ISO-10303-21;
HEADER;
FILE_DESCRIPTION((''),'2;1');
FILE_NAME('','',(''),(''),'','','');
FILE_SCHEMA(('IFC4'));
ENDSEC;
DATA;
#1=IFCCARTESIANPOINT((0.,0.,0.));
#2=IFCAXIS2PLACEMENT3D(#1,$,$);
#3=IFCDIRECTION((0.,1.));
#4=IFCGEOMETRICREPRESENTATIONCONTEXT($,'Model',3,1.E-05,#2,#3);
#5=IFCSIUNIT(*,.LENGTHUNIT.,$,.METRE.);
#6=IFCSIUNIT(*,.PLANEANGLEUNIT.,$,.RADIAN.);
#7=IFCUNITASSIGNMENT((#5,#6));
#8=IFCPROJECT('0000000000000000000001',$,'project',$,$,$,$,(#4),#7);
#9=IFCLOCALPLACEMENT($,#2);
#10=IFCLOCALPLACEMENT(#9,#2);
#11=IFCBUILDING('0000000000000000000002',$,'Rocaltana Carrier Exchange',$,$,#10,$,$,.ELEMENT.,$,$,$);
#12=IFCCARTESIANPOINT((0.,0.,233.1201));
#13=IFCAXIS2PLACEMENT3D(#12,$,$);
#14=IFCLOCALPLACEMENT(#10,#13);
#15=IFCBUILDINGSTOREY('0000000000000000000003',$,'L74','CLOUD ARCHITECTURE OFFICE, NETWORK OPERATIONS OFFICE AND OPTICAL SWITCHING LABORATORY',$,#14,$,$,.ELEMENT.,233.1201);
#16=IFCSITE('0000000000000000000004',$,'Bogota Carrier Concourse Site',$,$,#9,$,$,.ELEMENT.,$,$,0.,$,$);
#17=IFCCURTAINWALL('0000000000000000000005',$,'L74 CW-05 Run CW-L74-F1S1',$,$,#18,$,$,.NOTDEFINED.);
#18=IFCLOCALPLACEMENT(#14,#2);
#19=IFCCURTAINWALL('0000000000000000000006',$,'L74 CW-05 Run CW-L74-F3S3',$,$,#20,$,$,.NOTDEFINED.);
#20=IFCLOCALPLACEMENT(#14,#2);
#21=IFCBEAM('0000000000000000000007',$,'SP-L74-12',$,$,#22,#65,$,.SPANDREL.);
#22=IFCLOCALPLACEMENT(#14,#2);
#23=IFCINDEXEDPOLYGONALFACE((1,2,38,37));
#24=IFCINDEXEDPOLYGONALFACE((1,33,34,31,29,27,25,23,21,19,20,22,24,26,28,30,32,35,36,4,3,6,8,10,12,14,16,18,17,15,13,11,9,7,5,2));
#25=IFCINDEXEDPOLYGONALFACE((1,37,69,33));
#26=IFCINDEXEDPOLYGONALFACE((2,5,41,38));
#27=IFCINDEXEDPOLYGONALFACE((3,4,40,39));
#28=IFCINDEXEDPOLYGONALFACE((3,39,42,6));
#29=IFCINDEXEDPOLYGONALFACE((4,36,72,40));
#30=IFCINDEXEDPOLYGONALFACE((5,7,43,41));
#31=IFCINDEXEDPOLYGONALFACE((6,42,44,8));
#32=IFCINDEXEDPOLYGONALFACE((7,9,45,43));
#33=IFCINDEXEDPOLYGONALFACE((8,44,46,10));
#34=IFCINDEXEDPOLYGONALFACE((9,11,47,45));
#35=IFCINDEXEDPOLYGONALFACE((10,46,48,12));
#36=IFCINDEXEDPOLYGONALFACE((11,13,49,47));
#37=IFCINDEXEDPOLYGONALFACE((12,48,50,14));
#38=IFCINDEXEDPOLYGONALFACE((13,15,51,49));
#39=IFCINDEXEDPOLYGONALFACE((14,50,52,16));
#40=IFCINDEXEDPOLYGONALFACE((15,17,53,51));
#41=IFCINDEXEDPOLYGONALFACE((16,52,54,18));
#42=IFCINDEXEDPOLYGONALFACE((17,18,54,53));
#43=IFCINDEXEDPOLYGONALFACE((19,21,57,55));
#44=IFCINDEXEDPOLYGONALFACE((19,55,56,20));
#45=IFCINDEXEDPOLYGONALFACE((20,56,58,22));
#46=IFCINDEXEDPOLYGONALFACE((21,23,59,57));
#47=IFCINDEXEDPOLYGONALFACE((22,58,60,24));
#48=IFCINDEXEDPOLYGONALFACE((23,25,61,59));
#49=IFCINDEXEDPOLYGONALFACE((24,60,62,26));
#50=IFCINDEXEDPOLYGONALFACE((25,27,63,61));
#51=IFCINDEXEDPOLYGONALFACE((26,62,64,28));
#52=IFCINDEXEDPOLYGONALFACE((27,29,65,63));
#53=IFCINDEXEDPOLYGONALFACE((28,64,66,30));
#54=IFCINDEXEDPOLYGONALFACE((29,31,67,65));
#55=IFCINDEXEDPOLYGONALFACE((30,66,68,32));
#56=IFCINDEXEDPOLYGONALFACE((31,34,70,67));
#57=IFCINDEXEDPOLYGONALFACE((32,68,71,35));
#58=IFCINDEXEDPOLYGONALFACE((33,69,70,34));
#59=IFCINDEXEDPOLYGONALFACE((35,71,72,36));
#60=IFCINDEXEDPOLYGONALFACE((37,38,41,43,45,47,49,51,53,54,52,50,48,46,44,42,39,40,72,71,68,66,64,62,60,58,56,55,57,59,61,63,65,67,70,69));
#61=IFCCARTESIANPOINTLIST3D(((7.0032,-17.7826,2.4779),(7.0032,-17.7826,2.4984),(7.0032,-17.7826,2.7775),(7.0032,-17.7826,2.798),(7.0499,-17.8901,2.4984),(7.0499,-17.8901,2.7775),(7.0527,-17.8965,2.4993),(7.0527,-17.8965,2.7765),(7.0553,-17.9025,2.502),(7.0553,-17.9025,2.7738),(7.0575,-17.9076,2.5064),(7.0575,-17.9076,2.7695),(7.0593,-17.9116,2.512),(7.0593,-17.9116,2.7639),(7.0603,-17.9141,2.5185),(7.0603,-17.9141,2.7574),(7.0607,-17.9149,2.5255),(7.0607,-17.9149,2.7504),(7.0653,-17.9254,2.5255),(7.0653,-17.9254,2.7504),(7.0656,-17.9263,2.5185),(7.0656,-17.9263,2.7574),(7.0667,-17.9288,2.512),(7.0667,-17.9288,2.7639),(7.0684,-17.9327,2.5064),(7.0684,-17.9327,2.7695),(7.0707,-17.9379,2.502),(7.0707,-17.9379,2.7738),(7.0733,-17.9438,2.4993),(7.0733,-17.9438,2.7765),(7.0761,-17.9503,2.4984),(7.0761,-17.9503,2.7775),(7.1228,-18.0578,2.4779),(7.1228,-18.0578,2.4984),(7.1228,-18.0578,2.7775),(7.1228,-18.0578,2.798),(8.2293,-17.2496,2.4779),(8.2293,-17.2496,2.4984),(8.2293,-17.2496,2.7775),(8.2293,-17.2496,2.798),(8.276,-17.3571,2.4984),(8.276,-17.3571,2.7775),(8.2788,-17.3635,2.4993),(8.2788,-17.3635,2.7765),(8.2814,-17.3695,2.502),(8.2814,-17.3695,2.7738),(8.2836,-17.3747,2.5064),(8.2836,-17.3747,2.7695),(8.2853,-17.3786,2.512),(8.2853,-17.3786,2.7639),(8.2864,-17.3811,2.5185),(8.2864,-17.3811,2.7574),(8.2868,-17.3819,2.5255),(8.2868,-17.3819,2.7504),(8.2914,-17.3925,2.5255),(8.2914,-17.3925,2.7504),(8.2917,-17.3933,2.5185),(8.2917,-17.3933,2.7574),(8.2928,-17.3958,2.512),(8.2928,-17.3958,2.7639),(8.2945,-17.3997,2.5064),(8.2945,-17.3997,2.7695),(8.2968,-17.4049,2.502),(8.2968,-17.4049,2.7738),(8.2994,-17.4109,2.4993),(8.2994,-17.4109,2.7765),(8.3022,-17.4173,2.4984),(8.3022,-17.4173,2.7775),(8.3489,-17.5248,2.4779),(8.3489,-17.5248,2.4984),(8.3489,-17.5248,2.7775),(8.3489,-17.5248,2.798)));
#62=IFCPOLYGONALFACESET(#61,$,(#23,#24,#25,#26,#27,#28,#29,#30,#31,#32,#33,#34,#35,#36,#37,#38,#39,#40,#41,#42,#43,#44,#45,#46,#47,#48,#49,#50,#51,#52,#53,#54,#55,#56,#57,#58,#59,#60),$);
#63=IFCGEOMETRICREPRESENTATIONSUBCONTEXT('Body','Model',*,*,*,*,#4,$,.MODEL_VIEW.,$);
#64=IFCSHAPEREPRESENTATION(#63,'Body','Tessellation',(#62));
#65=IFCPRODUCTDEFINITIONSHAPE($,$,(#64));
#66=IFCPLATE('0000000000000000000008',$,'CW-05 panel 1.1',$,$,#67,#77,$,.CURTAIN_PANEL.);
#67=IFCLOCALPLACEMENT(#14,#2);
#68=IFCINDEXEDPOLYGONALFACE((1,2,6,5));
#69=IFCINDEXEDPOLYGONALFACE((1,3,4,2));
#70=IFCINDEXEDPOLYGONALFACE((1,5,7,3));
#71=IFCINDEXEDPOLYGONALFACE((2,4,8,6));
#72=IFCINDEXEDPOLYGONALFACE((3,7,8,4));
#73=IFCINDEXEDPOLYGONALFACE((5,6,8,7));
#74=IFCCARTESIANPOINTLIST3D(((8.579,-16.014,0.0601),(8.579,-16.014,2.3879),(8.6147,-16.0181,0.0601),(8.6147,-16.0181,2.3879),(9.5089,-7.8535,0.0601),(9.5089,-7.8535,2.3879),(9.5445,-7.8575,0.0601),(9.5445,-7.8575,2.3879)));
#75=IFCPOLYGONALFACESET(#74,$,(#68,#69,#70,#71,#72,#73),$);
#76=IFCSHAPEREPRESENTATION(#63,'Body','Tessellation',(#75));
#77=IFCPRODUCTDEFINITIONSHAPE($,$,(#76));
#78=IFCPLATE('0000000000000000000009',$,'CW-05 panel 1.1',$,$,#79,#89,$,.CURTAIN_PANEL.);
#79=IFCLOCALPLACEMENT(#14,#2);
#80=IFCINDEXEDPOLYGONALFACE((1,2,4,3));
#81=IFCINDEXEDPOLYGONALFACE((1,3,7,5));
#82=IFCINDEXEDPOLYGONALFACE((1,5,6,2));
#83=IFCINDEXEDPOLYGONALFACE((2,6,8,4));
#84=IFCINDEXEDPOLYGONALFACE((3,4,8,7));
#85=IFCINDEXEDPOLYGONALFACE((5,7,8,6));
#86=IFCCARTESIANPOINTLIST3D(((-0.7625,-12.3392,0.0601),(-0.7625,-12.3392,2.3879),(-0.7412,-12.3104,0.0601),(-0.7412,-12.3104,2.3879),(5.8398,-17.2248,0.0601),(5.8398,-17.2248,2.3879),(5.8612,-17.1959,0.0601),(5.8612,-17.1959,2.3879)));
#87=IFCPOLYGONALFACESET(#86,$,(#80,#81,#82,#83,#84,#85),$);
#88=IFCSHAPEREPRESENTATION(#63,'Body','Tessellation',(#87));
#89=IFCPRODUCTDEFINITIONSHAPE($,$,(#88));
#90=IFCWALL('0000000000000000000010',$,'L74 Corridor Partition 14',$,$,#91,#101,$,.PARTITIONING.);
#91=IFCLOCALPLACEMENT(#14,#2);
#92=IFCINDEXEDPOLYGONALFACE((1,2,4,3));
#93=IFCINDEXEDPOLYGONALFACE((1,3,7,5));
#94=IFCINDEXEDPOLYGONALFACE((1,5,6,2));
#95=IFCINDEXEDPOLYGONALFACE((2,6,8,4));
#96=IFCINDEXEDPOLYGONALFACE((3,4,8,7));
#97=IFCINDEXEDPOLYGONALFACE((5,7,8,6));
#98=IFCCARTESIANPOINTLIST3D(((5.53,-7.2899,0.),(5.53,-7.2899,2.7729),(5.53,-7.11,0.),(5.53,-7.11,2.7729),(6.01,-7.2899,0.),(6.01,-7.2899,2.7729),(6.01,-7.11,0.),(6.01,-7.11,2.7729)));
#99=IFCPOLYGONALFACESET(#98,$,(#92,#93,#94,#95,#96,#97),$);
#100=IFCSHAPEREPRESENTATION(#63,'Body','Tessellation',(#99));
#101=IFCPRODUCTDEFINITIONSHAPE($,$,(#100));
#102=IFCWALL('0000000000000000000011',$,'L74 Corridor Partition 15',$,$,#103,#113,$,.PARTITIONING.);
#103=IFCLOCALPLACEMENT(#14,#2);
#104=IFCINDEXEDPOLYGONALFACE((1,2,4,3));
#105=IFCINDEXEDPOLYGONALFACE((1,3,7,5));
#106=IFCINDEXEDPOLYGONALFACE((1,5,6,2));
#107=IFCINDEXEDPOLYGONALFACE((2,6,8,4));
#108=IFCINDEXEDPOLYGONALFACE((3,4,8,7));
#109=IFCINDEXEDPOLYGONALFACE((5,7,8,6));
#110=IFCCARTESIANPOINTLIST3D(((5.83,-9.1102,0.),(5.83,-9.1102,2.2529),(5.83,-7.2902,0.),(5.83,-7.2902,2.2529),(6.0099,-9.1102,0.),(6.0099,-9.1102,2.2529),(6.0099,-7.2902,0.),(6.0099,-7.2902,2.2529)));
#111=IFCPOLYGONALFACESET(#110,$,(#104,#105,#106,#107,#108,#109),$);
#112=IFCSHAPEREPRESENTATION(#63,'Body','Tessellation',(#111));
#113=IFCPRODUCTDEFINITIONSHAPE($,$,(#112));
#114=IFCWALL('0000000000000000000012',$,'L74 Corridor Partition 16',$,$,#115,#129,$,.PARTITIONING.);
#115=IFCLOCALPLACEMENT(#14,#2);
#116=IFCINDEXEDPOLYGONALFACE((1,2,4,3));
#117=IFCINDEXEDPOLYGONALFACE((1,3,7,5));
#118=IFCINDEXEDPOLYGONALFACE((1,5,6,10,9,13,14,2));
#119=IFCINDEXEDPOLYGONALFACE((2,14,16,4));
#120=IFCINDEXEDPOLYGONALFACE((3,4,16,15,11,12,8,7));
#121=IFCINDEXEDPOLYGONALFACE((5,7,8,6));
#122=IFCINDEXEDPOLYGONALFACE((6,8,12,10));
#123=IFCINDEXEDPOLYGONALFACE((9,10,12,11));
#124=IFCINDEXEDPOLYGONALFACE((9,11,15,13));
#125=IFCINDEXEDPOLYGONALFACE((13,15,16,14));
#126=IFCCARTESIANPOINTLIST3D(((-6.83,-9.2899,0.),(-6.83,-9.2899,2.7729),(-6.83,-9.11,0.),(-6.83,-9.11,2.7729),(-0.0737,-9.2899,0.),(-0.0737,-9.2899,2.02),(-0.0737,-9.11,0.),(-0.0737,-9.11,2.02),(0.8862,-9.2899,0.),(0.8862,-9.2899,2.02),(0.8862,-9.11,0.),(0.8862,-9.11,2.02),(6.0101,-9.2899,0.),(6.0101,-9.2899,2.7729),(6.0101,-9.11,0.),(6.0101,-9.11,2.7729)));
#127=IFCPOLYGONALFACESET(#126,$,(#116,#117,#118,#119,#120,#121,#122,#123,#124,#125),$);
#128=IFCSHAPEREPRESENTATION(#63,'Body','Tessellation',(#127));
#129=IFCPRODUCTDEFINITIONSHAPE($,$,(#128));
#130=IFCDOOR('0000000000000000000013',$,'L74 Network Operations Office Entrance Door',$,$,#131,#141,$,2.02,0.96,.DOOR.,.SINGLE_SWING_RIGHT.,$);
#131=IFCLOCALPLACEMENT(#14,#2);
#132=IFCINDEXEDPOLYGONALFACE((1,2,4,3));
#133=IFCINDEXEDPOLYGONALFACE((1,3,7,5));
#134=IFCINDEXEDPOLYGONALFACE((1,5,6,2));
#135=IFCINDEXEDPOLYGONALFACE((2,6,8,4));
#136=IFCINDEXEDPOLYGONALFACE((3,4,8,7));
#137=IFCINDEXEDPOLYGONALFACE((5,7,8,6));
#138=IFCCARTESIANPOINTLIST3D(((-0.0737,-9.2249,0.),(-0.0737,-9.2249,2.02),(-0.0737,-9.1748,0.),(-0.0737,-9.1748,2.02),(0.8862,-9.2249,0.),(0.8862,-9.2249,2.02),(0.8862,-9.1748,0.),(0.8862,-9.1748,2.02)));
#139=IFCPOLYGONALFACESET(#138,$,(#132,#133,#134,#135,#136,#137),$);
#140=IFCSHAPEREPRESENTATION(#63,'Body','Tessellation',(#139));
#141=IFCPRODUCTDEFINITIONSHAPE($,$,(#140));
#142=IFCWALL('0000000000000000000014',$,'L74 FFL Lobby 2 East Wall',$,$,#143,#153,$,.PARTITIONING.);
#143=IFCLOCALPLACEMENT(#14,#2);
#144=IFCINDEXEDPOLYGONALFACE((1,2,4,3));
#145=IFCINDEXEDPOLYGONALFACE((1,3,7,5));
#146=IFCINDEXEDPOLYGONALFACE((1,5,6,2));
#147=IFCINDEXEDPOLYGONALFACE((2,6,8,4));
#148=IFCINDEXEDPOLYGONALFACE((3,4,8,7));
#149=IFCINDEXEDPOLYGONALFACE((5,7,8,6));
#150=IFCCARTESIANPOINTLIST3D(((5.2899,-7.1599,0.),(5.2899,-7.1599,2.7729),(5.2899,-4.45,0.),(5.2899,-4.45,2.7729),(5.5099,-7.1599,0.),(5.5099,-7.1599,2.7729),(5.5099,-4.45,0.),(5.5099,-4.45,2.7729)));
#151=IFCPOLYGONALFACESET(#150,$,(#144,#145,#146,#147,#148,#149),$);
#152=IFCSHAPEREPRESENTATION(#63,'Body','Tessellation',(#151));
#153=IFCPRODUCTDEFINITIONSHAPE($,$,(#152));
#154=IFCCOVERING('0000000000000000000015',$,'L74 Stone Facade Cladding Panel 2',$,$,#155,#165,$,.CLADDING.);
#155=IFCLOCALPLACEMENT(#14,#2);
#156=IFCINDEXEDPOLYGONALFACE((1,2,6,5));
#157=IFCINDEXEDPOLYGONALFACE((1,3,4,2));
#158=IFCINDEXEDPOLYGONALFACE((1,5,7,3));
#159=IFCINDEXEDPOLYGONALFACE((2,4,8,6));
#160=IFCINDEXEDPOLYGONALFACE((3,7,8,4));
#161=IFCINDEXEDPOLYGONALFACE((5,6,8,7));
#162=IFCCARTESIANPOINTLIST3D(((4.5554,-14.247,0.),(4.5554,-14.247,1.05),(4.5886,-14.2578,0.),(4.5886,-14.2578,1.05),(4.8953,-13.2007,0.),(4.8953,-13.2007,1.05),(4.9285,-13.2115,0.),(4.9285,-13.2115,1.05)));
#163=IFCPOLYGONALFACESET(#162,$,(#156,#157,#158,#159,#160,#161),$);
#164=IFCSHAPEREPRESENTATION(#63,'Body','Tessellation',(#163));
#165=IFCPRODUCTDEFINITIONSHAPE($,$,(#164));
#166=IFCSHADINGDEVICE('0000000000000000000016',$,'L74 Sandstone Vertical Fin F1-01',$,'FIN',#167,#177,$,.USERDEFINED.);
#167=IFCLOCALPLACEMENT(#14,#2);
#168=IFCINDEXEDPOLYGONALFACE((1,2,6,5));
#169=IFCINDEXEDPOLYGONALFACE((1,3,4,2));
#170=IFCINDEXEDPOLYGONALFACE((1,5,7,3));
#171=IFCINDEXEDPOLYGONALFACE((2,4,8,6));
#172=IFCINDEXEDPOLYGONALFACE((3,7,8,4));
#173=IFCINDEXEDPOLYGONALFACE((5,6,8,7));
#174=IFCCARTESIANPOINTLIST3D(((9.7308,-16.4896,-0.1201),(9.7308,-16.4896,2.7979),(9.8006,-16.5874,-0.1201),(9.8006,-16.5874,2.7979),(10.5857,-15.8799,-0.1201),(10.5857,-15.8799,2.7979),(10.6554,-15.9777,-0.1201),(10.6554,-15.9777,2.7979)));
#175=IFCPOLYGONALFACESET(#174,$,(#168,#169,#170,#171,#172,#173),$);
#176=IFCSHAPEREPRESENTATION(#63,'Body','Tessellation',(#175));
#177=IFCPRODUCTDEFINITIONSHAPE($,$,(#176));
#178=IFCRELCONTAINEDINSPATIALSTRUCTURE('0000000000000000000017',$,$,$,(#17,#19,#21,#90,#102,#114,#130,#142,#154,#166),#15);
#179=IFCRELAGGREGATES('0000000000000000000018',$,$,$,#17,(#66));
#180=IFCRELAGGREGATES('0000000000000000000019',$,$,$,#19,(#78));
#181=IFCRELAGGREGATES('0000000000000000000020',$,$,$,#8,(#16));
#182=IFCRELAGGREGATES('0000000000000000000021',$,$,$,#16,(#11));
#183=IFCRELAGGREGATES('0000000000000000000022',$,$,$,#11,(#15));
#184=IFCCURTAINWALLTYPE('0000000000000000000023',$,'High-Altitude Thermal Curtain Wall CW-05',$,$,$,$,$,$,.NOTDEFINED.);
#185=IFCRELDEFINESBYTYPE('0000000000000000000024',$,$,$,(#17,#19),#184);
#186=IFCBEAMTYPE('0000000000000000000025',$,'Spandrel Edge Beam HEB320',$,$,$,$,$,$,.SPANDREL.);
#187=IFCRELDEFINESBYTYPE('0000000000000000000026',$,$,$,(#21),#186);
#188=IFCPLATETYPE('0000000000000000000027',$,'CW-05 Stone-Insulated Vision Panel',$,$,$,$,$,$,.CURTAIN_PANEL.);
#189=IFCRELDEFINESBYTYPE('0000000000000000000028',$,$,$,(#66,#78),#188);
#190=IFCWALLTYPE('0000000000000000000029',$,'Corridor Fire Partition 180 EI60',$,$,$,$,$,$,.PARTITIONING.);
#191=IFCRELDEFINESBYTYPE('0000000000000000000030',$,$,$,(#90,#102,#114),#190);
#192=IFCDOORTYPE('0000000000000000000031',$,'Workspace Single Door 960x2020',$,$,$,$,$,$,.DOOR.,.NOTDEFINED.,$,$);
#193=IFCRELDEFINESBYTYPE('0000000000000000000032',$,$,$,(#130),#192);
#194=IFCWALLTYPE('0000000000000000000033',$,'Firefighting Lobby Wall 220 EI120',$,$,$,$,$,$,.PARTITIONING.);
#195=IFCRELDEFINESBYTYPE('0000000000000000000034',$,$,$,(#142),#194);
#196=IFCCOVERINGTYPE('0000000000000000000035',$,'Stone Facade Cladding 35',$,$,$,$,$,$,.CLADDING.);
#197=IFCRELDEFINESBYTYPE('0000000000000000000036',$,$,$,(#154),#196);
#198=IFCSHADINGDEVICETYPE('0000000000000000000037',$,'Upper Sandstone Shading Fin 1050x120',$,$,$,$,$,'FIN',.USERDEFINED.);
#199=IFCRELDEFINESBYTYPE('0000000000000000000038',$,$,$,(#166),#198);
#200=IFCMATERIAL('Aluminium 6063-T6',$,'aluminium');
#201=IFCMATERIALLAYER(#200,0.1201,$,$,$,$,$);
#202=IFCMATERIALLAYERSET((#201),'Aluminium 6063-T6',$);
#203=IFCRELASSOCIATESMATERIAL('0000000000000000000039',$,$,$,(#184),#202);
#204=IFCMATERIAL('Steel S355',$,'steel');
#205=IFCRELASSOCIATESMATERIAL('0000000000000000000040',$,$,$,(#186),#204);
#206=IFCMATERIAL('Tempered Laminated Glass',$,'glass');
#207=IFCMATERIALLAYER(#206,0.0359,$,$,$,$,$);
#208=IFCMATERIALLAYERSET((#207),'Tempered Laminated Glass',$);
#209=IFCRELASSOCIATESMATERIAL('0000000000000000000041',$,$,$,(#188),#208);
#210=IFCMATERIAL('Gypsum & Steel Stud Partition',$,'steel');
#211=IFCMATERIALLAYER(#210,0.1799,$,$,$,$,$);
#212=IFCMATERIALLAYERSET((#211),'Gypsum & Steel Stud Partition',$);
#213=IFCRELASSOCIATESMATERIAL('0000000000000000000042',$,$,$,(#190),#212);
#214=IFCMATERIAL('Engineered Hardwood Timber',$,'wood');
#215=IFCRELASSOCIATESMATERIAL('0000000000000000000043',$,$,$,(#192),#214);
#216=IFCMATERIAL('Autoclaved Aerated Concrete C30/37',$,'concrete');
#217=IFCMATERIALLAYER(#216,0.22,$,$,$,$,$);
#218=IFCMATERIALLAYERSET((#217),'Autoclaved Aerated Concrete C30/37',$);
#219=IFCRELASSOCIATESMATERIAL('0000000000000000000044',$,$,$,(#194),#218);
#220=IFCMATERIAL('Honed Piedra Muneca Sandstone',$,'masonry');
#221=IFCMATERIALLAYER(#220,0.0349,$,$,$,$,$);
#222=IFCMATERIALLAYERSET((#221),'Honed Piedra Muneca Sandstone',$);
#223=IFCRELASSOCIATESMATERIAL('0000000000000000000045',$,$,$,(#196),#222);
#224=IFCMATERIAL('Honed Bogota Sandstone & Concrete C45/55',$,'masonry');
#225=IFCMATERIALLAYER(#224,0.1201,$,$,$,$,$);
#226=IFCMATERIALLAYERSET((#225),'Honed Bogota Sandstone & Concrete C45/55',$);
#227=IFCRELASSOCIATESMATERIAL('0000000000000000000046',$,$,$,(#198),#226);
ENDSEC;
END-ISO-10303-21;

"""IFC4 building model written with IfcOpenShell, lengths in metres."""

from ifc_helpers import new_model, si_unit, direction, frame, frame_2d, origin, origin_2d, place, context, subcontext, project, spatial, rectangle, i_section, extrude, material, layer, layer_set, material_profile, profile_set, type_object, element, fill, aggregate, save


model = new_model("IFC4")

# Units and contexts
model_context = context("Model", 3, precision=1e-05, world=origin(), true_north=direction((0.0, 1.0)))
body_context = subcontext(model_context, "Body", "Model", "MODEL_VIEW")
ifc_project = project(units=[si_unit("LENGTHUNIT", "METRE"), si_unit("PLANEANGLEUNIT", "RADIAN")], contexts=[model_context])

# Site, building, storey
site_placement = place(None, origin())
site = spatial("IfcSite", under=ifc_project, at=site_placement, Name="Bogota Carrier Concourse Site", CompositionType="ELEMENT", RefElevation=0.0)
building_placement = place(site_placement, origin())
building = spatial("IfcBuilding", under=site, at=building_placement, Name="Rocaltana Carrier Exchange", CompositionType="ELEMENT")
storey_placement = place(building_placement, frame((0.0, 0.0, 233.1201)))
storey = spatial("IfcBuildingStorey", under=building, at=storey_placement, Name="L74", Description="CLOUD ARCHITECTURE OFFICE, NETWORK OPERATIONS OFFICE AND OPTICAL SWITCHING LABORATORY", CompositionType="ELEMENT", Elevation=233.1201)

# Curtain wall
ifc_material_1 = material(Name="Aluminium 6063-T6", Category="aluminium")
ifc_layer_1 = layer(ifc_material_1, 0.1201)
ifc_layer_set_1 = layer_set([ifc_layer_1], Name="Aluminium 6063-T6")
curtain_wall_type = type_object("IfcCurtainWallType", Name="High-Altitude Thermal Curtain Wall CW-05", PredefinedType="NOTDEFINED", material=ifc_layer_set_1)
curtain_wall_1_placement = place(storey_placement, origin())
curtain_wall_1 = element("IfcCurtainWall", 1, at=curtain_wall_1_placement, inside=storey, type_object=curtain_wall_type, Name="L74 CW-05 Run CW-L74-F1S1", PredefinedType="NOTDEFINED")

# Curtain wall
curtain_wall_2_placement = place(storey_placement, origin())
curtain_wall_2 = element("IfcCurtainWall", 2, at=curtain_wall_2_placement, inside=storey, type_object=curtain_wall_type, Name="L74 CW-05 Run CW-L74-F3S3", PredefinedType="NOTDEFINED")

# Beam
ifc_material_2 = material(Name="Steel S355", Category="steel")
ifc_material_profile_1 = material_profile(ifc_material_2, i_section(OverallWidth=0.3, OverallDepth=0.3201, WebThickness=0.0115, FlangeThickness=0.0205, FilletRadius=0.0271, at=origin_2d()), Name="HEB320")
ifc_profile_set_1 = profile_set([ifc_material_profile_1], Name="Steel S355")
beam_type_1 = type_object("IfcBeamType", Name="Spandrel Edge Beam HEB320", PredefinedType="SPANDREL", material=ifc_profile_set_1)
beam_1_placement = place(storey_placement, frame((7.063, -17.9202, 2.6379), z_axis=(0.917102, 0.398653, 0.0), x_axis=(-0.398653, 0.917102, 0.0)))
element("IfcBeam", 3, at=beam_1_placement, inside=storey, type_object=beam_type_1, Name="SP-L74-12", PredefinedType="SPANDREL", context=body_context, shape_type="SweptSolid", body=[
    extrude(i_section(OverallWidth=0.3, OverallDepth=0.3201, WebThickness=0.0115, FlangeThickness=0.0205, FilletRadius=0.0271, at=origin_2d()), origin(), (0.0, 0.0, 1.0), 1.3369),
])

# Plates
ifc_material_3 = material(Name="Tempered Laminated Glass", Category="glass")
ifc_layer_2 = layer(ifc_material_3, 0.0359)
ifc_layer_set_2 = layer_set([ifc_layer_2], Name="Tempered Laminated Glass")
plate_type = type_object("IfcPlateType", Name="CW-05 Stone-Insulated Vision Panel", PredefinedType="CURTAIN_PANEL", material=ifc_layer_set_2)
plate_1_placement = place(storey_placement, frame((9.0618, -11.9358, 0.0601), z_axis=(0.0, 0.0, 1.0), x_axis=(0.113209, 0.993571, 0.0)))
plate_1 = element("IfcPlate", 4, at=plate_1_placement, type_object=plate_type, Name="CW-05 panel 1.1", PredefinedType="CURTAIN_PANEL", context=body_context, shape_type="SweptSolid", body=[
    extrude(rectangle(XDim=8.2134, YDim=0.0359, at=origin_2d()), origin(), (0.0, 0.0, 1.0), 2.3279),
])
aggregate(curtain_wall_1, [plate_1])
plate_2_placement = place(storey_placement, frame((2.5493, -14.7676, 0.0601), z_axis=(0.0, 0.0, 1.0), x_axis=(0.803854, -0.594827, 0.0)))
plate_2 = element("IfcPlate", 5, at=plate_2_placement, type_object=plate_type, Name="CW-05 panel 1.1", PredefinedType="CURTAIN_PANEL", context=body_context, shape_type="SweptSolid", body=[
    extrude(rectangle(XDim=8.2134, YDim=0.0359, at=origin_2d()), origin(), (0.0, 0.0, 1.0), 2.3279),
])
aggregate(curtain_wall_2, [plate_2])

# Walls
ifc_material_4 = material(Name="Gypsum & Steel Stud Partition", Category="steel")
ifc_layer_3 = layer(ifc_material_4, 0.1799)
ifc_layer_set_3 = layer_set([ifc_layer_3], Name="Gypsum & Steel Stud Partition")
wall_type_1 = type_object("IfcWallType", Name="Corridor Fire Partition 180 EI60", PredefinedType="PARTITIONING", material=ifc_layer_set_3)
wall_1_placement = place(storey_placement, frame((5.53, -7.2, 0.0), z_axis=(0.0, 0.0, 1.0), x_axis=(1.0, 0.0, 0.0)))
element("IfcWall", 6, at=wall_1_placement, inside=storey, type_object=wall_type_1, Name="L74 Corridor Partition 14", PredefinedType="PARTITIONING", context=body_context, shape_type="SweptSolid", body=[
    extrude(rectangle(XDim=0.48, YDim=0.1799, at=frame_2d((0.24, 0.0))), origin(), (0.0, 0.0, 1.0), 2.7729),
])
wall_2_placement = place(storey_placement, frame((5.9199, -7.29, 0.0), z_axis=(0.0, 0.0, 1.0), x_axis=(0.0, -1.0, 0.0)))
element("IfcWall", 7, at=wall_2_placement, inside=storey, type_object=wall_type_1, Name="L74 Corridor Partition 15", PredefinedType="PARTITIONING", context=body_context, shape_type="SweptSolid", body=[
    extrude(rectangle(XDim=1.8201, YDim=0.1799, at=frame_2d((0.9102, 0.0))), origin(), (0.0, 0.0, 1.0), 2.2529),
])

# Wall, opening, door
wall_3_placement = place(storey_placement, frame((6.01, -9.2, 0.0), z_axis=(0.0, 0.0, 1.0), x_axis=(-1.0, 0.0, 0.0)))
wall_3 = element("IfcWall", 8, at=wall_3_placement, inside=storey, type_object=wall_type_1, Name="L74 Corridor Partition 16", PredefinedType="PARTITIONING", context=body_context, shape_type="SweptSolid", body=[
    extrude(rectangle(XDim=12.8401, YDim=0.1799, at=frame_2d((6.4199, 0.0))), origin(), (0.0, 0.0, 1.0), 2.7729),
])
opening_placement = place(wall_3_placement, frame((5.1238, 0.0, 0.0)))
opening = element("IfcOpeningElement", 9, at=opening_placement, cuts=wall_3, PredefinedType="OPENING", context=body_context, shape_type="SweptSolid", body=[
    extrude(rectangle(XDim=0.96, YDim=2.02, at=frame_2d((0.48, 1.01))), frame((0.0, 0.0999, 0.0), z_axis=(0.0, -1.0, 0.0), x_axis=(1.0, 0.0, 0.0)), (0.0, 0.0, 1.0), 0.2),
])
ifc_material_5 = material(Name="Engineered Hardwood Timber", Category="wood")
door_type = type_object("IfcDoorType", Name="Workspace Single Door 960x2020", OperationType="NOTDEFINED", PredefinedType="DOOR", material=ifc_material_5)
door_placement = place(opening_placement, origin())
door = element("IfcDoor", 10, at=door_placement, inside=storey, type_object=door_type, Name="L74 Network Operations Office Entrance Door", OperationType="SINGLE_SWING_RIGHT", OverallHeight=2.02, OverallWidth=0.96, PredefinedType="DOOR", context=body_context, shape_type="SweptSolid", body=[
    extrude(rectangle(XDim=0.96, YDim=2.02, at=frame_2d((0.48, 1.01))), frame((0.0, 0.0249, 0.0), z_axis=(0.0, -1.0, 0.0), x_axis=(1.0, 0.0, 0.0)), (0.0, 0.0, 1.0), 0.05),
])
fill(opening, door)

# Wall
ifc_material_6 = material(Name="Autoclaved Aerated Concrete C30/37", Category="concrete")
ifc_layer_4 = layer(ifc_material_6, 0.22)
ifc_layer_set_4 = layer_set([ifc_layer_4], Name="Autoclaved Aerated Concrete C30/37")
wall_type_2 = type_object("IfcWallType", Name="Firefighting Lobby Wall 220 EI120", PredefinedType="PARTITIONING", material=ifc_layer_set_4)
wall_4_placement = place(storey_placement, frame((5.3999, -7.1599, 0.0), z_axis=(0.0, 0.0, 1.0), x_axis=(0.0, 1.0, 0.0)))
element("IfcWall", 11, at=wall_4_placement, inside=storey, type_object=wall_type_2, Name="L74 FFL Lobby 2 East Wall", PredefinedType="PARTITIONING", context=body_context, shape_type="SweptSolid", body=[
    extrude(rectangle(XDim=2.71, YDim=0.22, at=frame_2d((1.355, 0.0))), origin(), (0.0, 0.0, 1.0), 2.7729),
])

# Covering
ifc_material_7 = material(Name="Honed Piedra Muneca Sandstone", Category="masonry")
ifc_layer_5 = layer(ifc_material_7, 0.0349)
ifc_layer_set_5 = layer_set([ifc_layer_5], Name="Honed Piedra Muneca Sandstone")
covering_type = type_object("IfcCoveringType", Name="Stone Facade Cladding 35", PredefinedType="CLADDING", material=ifc_layer_set_5)
covering_placement = place(storey_placement, frame((4.7419, -13.7292, 0.0), z_axis=(0.0, 0.0, 1.0), x_axis=(0.309017, 0.951057, 0.0)))
element("IfcCovering", 12, at=covering_placement, inside=storey, type_object=covering_type, Name="L74 Stone Facade Cladding Panel 2", PredefinedType="CLADDING", context=body_context, shape_type="SweptSolid", body=[
    extrude(rectangle(XDim=1.1001, YDim=0.0349, at=origin_2d()), origin(), (0.0, 0.0, 1.0), 1.05),
])

# Shading device
ifc_material_8 = material(Name="Honed Bogota Sandstone & Concrete C45/55", Category="masonry")
ifc_layer_6 = layer(ifc_material_8, 0.1201)
ifc_layer_set_6 = layer_set([ifc_layer_6], Name="Honed Bogota Sandstone & Concrete C45/55")
shading_device_type = type_object("IfcShadingDeviceType", Name="Upper Sandstone Shading Fin 1050x120", ElementType="FIN", PredefinedType="USERDEFINED", material=ifc_layer_set_6)
for number, where, z_axis, x_axis, name in (
    (13, (10.1931, -16.2336, -0.1201), (0.0, 0.0, 1.0), (0.814116, 0.580703, 0.0), "L74 Sandstone Vertical Fin F1-01"),
):
    element("IfcShadingDevice", number, at=place(storey_placement, frame(where, z_axis=z_axis, x_axis=x_axis)), inside=storey, type_object=shading_device_type, Name=name, ObjectType="FIN", PredefinedType="USERDEFINED", context=body_context, shape_type="SweptSolid", body=[
        extrude(rectangle(XDim=1.05, YDim=0.1201, at=origin_2d()), origin(), (0.0, 0.0, 1.0), 2.918),
    ])

save(model, "model.ifc")
